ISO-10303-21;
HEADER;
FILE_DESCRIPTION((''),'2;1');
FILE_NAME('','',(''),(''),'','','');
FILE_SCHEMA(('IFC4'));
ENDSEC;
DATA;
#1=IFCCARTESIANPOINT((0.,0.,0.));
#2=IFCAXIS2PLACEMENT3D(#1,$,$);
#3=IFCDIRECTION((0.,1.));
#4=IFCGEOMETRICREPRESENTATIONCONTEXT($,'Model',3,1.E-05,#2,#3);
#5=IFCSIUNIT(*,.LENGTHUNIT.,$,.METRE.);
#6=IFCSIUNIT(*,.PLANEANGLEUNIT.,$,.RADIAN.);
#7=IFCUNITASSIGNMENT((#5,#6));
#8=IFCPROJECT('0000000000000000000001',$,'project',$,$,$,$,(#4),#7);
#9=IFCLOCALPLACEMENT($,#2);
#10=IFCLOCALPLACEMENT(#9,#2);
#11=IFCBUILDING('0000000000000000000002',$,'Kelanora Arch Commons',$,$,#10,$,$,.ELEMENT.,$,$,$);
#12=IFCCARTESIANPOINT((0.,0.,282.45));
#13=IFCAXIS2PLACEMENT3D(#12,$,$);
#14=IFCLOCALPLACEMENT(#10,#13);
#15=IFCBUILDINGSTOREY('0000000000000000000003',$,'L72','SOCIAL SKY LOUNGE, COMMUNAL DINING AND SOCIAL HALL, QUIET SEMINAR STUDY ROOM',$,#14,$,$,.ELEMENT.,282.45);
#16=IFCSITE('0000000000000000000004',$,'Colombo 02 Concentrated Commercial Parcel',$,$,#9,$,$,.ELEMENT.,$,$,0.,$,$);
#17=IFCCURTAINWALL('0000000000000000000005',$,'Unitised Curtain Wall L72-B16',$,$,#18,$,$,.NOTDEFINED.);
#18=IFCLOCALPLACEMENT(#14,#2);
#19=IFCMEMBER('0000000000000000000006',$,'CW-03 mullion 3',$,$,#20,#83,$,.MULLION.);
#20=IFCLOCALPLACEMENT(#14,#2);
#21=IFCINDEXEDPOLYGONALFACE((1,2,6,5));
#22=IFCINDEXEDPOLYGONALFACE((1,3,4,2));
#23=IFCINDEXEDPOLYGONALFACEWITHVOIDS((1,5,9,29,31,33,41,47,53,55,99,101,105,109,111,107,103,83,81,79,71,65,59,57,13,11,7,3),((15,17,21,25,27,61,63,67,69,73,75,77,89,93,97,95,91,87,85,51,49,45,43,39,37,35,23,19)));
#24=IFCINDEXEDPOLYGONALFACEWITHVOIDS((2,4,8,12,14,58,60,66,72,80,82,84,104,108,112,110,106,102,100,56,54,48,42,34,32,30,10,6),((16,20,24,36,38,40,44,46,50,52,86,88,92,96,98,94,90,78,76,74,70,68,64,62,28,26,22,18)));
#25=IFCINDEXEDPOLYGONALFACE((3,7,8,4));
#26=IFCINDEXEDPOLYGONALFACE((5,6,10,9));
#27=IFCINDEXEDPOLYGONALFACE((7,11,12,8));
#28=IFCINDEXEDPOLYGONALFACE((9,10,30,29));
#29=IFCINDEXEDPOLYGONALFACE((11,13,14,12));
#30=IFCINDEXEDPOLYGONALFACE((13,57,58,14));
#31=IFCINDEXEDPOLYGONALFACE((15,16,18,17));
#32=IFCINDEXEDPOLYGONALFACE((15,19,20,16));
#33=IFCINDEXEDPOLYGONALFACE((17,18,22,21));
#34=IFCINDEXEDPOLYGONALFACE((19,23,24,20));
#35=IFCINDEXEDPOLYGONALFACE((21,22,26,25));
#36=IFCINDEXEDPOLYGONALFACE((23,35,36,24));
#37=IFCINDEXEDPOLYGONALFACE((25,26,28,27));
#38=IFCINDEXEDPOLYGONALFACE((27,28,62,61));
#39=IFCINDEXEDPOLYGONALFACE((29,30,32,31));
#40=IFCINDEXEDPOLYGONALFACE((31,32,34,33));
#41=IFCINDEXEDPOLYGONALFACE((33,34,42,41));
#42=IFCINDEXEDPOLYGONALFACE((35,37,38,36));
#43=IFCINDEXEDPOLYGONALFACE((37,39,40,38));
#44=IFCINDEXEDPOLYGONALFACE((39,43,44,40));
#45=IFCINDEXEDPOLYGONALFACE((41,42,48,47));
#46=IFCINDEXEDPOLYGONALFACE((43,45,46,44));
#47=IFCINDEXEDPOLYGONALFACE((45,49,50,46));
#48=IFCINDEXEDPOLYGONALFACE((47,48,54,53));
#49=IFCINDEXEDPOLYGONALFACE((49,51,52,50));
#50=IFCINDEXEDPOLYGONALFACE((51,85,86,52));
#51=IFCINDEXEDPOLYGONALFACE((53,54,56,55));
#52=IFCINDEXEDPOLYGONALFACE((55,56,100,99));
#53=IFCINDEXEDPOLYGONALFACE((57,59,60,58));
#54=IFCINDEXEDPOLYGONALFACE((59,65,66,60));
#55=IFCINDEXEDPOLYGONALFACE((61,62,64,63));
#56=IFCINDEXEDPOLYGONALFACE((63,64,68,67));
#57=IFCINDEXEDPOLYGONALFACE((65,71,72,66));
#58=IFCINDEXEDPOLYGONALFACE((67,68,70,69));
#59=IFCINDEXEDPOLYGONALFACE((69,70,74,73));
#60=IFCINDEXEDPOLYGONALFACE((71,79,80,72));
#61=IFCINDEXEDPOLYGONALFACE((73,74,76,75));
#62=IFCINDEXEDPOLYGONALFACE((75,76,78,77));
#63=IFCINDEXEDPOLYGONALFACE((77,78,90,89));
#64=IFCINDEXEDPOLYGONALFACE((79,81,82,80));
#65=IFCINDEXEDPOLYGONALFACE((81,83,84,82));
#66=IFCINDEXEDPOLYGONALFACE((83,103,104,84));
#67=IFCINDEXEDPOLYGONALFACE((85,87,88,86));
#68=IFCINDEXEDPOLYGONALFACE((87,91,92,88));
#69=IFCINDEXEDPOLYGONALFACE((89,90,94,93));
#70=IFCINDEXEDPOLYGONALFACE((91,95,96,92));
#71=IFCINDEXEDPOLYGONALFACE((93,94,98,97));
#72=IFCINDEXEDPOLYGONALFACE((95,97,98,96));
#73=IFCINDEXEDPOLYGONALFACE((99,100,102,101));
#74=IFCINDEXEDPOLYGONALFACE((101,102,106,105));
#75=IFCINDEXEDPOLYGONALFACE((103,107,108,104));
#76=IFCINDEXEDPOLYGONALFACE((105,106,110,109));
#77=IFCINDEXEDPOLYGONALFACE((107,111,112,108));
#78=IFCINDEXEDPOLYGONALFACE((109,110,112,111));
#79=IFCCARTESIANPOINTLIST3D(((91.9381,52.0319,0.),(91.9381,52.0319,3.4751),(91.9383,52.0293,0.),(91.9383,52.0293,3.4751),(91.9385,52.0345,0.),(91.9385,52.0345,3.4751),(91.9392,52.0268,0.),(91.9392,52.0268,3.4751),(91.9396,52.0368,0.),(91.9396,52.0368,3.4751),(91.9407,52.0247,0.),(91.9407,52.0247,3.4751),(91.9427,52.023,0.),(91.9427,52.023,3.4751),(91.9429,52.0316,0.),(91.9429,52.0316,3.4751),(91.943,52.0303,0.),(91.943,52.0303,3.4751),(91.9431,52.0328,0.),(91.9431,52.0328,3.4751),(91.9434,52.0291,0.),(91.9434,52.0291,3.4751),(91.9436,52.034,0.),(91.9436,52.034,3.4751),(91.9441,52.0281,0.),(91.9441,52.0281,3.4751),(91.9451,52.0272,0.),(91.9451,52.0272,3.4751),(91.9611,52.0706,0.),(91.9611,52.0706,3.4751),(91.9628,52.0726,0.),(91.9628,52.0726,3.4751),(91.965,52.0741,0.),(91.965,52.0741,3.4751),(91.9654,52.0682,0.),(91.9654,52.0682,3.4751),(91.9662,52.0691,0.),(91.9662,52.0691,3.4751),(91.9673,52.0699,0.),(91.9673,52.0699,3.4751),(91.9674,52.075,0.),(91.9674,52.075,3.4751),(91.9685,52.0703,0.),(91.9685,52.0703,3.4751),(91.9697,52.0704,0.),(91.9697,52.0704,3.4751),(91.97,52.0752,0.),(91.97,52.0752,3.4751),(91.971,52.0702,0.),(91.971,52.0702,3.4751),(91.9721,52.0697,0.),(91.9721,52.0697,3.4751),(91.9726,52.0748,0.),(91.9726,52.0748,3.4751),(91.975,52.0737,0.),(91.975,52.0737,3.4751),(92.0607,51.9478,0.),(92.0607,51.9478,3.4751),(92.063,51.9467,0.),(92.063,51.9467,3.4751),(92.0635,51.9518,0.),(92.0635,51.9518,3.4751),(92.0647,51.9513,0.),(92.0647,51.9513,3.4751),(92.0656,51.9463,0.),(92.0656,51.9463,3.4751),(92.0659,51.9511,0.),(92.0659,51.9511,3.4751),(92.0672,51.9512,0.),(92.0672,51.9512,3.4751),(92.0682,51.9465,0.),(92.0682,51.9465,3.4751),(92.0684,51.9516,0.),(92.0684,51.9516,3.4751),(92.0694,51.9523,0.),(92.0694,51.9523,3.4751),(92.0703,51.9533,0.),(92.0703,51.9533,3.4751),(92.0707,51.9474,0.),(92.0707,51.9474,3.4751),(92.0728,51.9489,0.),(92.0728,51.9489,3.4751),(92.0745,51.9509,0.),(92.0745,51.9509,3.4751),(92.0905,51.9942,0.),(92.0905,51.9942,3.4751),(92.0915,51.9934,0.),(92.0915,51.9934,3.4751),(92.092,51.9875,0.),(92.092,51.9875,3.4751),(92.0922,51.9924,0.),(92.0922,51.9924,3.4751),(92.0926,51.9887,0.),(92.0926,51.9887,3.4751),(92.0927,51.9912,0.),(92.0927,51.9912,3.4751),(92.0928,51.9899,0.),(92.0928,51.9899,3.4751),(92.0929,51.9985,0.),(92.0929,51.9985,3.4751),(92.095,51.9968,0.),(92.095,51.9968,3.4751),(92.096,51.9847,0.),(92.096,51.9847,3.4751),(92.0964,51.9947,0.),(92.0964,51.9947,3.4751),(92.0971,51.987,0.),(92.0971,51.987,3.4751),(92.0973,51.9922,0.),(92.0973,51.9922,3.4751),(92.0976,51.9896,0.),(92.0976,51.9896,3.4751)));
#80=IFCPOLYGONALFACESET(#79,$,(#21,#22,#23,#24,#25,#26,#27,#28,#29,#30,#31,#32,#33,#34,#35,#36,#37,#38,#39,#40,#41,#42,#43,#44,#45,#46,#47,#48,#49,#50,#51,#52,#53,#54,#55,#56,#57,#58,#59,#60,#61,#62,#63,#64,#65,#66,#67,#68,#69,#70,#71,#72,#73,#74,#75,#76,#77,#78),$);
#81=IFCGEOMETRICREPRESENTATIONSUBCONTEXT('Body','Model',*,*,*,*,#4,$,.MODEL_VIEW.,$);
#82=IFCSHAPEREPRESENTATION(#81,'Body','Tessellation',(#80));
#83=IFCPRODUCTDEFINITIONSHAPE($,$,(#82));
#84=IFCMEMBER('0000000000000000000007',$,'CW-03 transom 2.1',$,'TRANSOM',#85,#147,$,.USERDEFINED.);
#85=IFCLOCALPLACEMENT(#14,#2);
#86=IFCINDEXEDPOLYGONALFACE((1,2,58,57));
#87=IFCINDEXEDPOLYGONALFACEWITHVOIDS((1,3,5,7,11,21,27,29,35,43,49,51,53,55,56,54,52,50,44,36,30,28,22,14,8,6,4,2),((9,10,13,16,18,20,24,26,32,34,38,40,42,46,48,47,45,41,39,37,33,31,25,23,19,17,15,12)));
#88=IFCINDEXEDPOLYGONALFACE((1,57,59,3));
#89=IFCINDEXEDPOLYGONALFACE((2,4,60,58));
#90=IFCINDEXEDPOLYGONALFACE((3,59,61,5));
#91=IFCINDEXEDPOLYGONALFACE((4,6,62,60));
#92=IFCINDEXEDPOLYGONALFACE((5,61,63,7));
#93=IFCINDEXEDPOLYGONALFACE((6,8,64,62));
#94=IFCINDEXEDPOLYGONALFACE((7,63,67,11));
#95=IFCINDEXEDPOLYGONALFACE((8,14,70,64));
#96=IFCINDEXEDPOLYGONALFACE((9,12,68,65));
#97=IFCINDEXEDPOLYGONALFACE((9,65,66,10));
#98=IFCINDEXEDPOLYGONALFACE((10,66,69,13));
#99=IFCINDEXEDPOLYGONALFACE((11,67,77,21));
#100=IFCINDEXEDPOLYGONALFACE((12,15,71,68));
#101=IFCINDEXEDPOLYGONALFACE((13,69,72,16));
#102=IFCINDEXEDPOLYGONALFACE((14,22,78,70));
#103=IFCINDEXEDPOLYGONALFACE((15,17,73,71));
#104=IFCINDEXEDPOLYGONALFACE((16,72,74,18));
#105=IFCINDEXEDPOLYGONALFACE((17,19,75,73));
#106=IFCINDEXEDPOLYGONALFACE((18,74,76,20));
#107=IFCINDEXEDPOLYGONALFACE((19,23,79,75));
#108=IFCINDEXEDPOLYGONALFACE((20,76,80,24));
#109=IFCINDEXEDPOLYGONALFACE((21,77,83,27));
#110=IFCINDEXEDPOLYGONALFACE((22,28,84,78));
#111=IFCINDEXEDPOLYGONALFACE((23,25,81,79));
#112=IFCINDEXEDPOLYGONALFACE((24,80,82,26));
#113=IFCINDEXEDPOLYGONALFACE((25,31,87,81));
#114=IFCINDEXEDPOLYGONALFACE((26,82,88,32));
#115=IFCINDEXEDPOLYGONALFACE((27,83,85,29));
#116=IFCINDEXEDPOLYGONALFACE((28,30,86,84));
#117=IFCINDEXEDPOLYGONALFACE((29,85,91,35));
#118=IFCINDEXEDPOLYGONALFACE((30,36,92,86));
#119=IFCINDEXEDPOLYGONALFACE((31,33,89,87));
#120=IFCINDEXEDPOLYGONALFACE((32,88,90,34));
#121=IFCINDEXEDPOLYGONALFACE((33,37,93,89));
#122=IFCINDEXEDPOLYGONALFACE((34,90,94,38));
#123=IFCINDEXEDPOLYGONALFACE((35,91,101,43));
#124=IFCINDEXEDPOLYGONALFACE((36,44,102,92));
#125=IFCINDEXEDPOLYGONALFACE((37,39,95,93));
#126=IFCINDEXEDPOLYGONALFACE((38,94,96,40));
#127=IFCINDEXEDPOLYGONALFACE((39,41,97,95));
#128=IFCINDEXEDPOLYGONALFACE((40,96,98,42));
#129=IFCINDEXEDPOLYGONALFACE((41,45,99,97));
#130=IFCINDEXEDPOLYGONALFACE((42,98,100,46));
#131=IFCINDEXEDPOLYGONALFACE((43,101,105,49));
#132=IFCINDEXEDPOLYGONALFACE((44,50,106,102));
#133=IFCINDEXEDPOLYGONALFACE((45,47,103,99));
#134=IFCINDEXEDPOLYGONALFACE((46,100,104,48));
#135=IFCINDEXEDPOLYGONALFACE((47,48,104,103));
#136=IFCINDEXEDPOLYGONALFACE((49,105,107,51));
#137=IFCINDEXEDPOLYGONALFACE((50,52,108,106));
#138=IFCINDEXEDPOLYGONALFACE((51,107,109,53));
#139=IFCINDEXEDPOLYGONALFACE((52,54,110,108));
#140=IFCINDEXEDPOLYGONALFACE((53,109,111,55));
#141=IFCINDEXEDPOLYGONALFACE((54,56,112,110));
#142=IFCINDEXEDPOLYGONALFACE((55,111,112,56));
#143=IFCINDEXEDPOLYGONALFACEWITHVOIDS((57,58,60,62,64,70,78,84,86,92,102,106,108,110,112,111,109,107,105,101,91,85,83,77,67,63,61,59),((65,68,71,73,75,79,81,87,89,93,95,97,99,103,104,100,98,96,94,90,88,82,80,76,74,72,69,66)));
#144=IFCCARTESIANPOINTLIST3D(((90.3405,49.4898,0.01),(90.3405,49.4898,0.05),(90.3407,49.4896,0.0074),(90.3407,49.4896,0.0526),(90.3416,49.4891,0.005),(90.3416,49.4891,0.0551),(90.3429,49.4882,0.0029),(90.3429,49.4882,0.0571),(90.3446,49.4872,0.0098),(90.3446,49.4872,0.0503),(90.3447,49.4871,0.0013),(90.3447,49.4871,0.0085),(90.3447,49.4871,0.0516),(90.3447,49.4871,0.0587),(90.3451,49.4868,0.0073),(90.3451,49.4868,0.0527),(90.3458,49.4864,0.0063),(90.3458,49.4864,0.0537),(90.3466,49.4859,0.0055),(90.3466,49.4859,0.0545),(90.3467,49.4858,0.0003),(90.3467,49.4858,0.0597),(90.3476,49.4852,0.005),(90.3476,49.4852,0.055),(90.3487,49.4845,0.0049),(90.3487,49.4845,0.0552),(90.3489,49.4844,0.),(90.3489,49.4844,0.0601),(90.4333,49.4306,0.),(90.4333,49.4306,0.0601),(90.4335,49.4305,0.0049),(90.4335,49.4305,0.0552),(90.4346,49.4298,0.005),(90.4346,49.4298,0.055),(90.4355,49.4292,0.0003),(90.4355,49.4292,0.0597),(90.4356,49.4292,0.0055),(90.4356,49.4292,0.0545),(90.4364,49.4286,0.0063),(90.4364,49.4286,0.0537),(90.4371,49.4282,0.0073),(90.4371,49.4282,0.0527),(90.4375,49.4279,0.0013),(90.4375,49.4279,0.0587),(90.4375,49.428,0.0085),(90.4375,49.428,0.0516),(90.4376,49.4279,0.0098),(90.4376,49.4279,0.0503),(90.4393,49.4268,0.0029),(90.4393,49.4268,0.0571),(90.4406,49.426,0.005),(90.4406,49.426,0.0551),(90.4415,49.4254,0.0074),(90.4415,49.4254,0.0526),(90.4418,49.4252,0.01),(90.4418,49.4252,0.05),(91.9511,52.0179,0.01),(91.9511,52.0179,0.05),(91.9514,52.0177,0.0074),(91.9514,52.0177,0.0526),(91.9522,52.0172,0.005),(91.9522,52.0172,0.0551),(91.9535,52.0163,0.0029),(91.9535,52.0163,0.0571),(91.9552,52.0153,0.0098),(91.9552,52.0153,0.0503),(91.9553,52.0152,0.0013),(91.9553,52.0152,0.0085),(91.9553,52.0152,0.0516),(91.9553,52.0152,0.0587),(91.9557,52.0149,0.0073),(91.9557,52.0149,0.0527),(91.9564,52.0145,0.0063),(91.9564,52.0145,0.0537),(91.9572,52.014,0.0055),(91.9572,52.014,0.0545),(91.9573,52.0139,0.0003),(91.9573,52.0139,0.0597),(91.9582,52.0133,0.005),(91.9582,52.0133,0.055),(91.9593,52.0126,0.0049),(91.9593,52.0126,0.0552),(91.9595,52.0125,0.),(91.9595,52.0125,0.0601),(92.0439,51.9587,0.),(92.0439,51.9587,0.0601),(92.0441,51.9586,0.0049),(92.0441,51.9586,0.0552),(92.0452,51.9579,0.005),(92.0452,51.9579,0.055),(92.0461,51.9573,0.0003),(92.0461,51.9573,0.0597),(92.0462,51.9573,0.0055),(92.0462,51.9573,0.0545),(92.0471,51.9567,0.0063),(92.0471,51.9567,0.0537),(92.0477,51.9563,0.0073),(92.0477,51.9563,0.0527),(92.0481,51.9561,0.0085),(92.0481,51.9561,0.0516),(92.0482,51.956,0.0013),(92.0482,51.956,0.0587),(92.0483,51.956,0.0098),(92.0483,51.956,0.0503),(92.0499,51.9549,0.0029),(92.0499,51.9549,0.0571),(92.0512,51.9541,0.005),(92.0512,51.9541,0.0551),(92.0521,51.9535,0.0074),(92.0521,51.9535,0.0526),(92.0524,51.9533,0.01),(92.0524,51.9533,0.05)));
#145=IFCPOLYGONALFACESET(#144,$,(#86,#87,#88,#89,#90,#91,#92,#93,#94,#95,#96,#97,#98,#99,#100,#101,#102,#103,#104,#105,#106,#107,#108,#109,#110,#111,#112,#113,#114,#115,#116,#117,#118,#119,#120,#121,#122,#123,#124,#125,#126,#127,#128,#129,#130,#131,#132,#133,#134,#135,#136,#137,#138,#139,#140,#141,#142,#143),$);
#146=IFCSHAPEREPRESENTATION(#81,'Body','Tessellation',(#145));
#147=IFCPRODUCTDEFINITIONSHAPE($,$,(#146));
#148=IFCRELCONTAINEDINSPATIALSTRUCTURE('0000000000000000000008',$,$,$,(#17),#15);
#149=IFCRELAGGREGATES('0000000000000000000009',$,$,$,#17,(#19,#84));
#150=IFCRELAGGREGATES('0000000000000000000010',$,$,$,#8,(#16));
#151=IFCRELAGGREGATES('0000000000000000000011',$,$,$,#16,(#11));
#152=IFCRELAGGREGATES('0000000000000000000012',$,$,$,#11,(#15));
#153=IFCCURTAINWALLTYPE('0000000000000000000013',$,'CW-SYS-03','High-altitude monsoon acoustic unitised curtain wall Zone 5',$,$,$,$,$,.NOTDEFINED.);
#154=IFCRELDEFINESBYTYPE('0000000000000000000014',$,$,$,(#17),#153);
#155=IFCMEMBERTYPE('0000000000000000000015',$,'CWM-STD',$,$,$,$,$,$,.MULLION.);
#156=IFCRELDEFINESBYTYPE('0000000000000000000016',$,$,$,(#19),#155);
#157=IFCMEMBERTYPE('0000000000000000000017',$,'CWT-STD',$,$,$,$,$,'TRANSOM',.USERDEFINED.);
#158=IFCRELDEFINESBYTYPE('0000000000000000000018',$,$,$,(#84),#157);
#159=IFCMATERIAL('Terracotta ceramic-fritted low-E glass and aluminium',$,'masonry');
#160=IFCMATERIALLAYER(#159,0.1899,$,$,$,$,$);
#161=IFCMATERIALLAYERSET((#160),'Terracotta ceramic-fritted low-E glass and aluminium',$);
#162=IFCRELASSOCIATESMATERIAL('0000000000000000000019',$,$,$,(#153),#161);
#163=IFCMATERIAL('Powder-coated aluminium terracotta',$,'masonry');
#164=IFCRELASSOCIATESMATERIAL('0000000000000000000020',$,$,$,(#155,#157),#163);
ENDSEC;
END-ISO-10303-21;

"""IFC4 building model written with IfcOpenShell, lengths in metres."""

from ifc_helpers import new_model, si_unit, direction, frame, origin, origin_2d, place, context, subcontext, project, spatial, hollow_rectangle, extrude, material, layer, layer_set, material_profile, profile_set, type_object, element, aggregate, save


model = new_model("IFC4")

# Units and contexts
model_context = context("Model", 3, precision=1e-05, world=origin(), true_north=direction((0.0, 1.0)))
body_context = subcontext(model_context, "Body", "Model", "MODEL_VIEW")
ifc_project = project(units=[si_unit("LENGTHUNIT", "METRE"), si_unit("PLANEANGLEUNIT", "RADIAN")], contexts=[model_context])

# Site, building, storey
site_placement = place(None, origin())
site = spatial("IfcSite", under=ifc_project, at=site_placement, Name="Colombo 02 Concentrated Commercial Parcel", CompositionType="ELEMENT", RefElevation=0.0)
building_placement = place(site_placement, origin())
building = spatial("IfcBuilding", under=site, at=building_placement, Name="Kelanora Arch Commons", CompositionType="ELEMENT")
storey_placement = place(building_placement, frame((0.0, 0.0, 282.45)))
storey = spatial("IfcBuildingStorey", under=building, at=storey_placement, Name="L72", Description="SOCIAL SKY LOUNGE, COMMUNAL DINING AND SOCIAL HALL, QUIET SEMINAR STUDY ROOM", CompositionType="ELEMENT", Elevation=282.45)

# Curtain wall, members
ifc_material_1 = material(Name="Terracotta ceramic-fritted low-E glass and aluminium", Category="masonry")
ifc_layer_1 = layer(ifc_material_1, 0.1899)
ifc_layer_set_1 = layer_set([ifc_layer_1], Name="Terracotta ceramic-fritted low-E glass and aluminium")
curtain_wall_type = type_object("IfcCurtainWallType", Name="CW-SYS-03", Description="High-altitude monsoon acoustic unitised curtain wall Zone 5", PredefinedType="NOTDEFINED", material=ifc_layer_set_1)
curtain_wall_placement = place(storey_placement, origin())
curtain_wall = element("IfcCurtainWall", 1, at=curtain_wall_placement, inside=storey, type_object=curtain_wall_type, Name="Unitised Curtain Wall L72-B16", PredefinedType="NOTDEFINED")
ifc_material_2 = material(Name="Powder-coated aluminium terracotta", Category="masonry")
ifc_material_profile_1 = material_profile(ifc_material_2, hollow_rectangle(XDim=0.1599, YDim=0.0601, WallThickness=0.0049, InnerFilletRadius=0.0049, OuterFilletRadius=0.01, at=origin_2d()), Name="CWM160x60")
ifc_profile_set_1 = profile_set([ifc_material_profile_1], Name="Powder-coated aluminium terracotta")
member_type_1 = type_object("IfcMemberType", Name="CWM-STD", PredefinedType="MULLION", material=ifc_profile_set_1)
member_1_placement = place(storey_placement, frame((92.0178, 52.0107, 0.0), z_axis=(0.0, 0.0, 1.0), x_axis=(-0.843391, 0.5373, 0.0)))
member_1 = element("IfcMember", 2, at=member_1_placement, type_object=member_type_1, Name="CW-03 mullion 3", PredefinedType="MULLION", context=body_context, shape_type="SweptSolid", body=[
    extrude(hollow_rectangle(XDim=0.1599, YDim=0.0601, WallThickness=0.0049, InnerFilletRadius=0.0049, OuterFilletRadius=0.01, at=origin_2d()), origin(), (0.0, 0.0, 1.0), 3.4751),
])
ifc_material_profile_2 = material_profile(ifc_material_2, hollow_rectangle(XDim=0.1201, YDim=0.0601, WallThickness=0.0049, InnerFilletRadius=0.0049, OuterFilletRadius=0.01, at=origin_2d()), Name="CWT120x60")
ifc_profile_set_2 = profile_set([ifc_material_profile_2], Name="Powder-coated aluminium terracotta")
member_type_2 = type_object("IfcMemberType", Name="CWT-STD", ElementType="TRANSOM", PredefinedType="USERDEFINED", material=ifc_profile_set_2)
member_2_placement = place(storey_placement, frame((90.3911, 49.4575, 0.03), z_axis=(0.537308, 0.843386, 0.0), x_axis=(-0.843386, 0.537308, 0.0)))
member_2 = element("IfcMember", 3, at=member_2_placement, type_object=member_type_2, Name="CW-03 transom 2.1", ObjectType="TRANSOM", PredefinedType="USERDEFINED", context=body_context, shape_type="SweptSolid", body=[
    extrude(hollow_rectangle(XDim=0.1201, YDim=0.0601, WallThickness=0.0049, InnerFilletRadius=0.0049, OuterFilletRadius=0.01, at=origin_2d()), origin(), (0.0, 0.0, 1.0), 2.9976),
])
aggregate(curtain_wall, [member_1, member_2])

save(model, "model.ifc")
